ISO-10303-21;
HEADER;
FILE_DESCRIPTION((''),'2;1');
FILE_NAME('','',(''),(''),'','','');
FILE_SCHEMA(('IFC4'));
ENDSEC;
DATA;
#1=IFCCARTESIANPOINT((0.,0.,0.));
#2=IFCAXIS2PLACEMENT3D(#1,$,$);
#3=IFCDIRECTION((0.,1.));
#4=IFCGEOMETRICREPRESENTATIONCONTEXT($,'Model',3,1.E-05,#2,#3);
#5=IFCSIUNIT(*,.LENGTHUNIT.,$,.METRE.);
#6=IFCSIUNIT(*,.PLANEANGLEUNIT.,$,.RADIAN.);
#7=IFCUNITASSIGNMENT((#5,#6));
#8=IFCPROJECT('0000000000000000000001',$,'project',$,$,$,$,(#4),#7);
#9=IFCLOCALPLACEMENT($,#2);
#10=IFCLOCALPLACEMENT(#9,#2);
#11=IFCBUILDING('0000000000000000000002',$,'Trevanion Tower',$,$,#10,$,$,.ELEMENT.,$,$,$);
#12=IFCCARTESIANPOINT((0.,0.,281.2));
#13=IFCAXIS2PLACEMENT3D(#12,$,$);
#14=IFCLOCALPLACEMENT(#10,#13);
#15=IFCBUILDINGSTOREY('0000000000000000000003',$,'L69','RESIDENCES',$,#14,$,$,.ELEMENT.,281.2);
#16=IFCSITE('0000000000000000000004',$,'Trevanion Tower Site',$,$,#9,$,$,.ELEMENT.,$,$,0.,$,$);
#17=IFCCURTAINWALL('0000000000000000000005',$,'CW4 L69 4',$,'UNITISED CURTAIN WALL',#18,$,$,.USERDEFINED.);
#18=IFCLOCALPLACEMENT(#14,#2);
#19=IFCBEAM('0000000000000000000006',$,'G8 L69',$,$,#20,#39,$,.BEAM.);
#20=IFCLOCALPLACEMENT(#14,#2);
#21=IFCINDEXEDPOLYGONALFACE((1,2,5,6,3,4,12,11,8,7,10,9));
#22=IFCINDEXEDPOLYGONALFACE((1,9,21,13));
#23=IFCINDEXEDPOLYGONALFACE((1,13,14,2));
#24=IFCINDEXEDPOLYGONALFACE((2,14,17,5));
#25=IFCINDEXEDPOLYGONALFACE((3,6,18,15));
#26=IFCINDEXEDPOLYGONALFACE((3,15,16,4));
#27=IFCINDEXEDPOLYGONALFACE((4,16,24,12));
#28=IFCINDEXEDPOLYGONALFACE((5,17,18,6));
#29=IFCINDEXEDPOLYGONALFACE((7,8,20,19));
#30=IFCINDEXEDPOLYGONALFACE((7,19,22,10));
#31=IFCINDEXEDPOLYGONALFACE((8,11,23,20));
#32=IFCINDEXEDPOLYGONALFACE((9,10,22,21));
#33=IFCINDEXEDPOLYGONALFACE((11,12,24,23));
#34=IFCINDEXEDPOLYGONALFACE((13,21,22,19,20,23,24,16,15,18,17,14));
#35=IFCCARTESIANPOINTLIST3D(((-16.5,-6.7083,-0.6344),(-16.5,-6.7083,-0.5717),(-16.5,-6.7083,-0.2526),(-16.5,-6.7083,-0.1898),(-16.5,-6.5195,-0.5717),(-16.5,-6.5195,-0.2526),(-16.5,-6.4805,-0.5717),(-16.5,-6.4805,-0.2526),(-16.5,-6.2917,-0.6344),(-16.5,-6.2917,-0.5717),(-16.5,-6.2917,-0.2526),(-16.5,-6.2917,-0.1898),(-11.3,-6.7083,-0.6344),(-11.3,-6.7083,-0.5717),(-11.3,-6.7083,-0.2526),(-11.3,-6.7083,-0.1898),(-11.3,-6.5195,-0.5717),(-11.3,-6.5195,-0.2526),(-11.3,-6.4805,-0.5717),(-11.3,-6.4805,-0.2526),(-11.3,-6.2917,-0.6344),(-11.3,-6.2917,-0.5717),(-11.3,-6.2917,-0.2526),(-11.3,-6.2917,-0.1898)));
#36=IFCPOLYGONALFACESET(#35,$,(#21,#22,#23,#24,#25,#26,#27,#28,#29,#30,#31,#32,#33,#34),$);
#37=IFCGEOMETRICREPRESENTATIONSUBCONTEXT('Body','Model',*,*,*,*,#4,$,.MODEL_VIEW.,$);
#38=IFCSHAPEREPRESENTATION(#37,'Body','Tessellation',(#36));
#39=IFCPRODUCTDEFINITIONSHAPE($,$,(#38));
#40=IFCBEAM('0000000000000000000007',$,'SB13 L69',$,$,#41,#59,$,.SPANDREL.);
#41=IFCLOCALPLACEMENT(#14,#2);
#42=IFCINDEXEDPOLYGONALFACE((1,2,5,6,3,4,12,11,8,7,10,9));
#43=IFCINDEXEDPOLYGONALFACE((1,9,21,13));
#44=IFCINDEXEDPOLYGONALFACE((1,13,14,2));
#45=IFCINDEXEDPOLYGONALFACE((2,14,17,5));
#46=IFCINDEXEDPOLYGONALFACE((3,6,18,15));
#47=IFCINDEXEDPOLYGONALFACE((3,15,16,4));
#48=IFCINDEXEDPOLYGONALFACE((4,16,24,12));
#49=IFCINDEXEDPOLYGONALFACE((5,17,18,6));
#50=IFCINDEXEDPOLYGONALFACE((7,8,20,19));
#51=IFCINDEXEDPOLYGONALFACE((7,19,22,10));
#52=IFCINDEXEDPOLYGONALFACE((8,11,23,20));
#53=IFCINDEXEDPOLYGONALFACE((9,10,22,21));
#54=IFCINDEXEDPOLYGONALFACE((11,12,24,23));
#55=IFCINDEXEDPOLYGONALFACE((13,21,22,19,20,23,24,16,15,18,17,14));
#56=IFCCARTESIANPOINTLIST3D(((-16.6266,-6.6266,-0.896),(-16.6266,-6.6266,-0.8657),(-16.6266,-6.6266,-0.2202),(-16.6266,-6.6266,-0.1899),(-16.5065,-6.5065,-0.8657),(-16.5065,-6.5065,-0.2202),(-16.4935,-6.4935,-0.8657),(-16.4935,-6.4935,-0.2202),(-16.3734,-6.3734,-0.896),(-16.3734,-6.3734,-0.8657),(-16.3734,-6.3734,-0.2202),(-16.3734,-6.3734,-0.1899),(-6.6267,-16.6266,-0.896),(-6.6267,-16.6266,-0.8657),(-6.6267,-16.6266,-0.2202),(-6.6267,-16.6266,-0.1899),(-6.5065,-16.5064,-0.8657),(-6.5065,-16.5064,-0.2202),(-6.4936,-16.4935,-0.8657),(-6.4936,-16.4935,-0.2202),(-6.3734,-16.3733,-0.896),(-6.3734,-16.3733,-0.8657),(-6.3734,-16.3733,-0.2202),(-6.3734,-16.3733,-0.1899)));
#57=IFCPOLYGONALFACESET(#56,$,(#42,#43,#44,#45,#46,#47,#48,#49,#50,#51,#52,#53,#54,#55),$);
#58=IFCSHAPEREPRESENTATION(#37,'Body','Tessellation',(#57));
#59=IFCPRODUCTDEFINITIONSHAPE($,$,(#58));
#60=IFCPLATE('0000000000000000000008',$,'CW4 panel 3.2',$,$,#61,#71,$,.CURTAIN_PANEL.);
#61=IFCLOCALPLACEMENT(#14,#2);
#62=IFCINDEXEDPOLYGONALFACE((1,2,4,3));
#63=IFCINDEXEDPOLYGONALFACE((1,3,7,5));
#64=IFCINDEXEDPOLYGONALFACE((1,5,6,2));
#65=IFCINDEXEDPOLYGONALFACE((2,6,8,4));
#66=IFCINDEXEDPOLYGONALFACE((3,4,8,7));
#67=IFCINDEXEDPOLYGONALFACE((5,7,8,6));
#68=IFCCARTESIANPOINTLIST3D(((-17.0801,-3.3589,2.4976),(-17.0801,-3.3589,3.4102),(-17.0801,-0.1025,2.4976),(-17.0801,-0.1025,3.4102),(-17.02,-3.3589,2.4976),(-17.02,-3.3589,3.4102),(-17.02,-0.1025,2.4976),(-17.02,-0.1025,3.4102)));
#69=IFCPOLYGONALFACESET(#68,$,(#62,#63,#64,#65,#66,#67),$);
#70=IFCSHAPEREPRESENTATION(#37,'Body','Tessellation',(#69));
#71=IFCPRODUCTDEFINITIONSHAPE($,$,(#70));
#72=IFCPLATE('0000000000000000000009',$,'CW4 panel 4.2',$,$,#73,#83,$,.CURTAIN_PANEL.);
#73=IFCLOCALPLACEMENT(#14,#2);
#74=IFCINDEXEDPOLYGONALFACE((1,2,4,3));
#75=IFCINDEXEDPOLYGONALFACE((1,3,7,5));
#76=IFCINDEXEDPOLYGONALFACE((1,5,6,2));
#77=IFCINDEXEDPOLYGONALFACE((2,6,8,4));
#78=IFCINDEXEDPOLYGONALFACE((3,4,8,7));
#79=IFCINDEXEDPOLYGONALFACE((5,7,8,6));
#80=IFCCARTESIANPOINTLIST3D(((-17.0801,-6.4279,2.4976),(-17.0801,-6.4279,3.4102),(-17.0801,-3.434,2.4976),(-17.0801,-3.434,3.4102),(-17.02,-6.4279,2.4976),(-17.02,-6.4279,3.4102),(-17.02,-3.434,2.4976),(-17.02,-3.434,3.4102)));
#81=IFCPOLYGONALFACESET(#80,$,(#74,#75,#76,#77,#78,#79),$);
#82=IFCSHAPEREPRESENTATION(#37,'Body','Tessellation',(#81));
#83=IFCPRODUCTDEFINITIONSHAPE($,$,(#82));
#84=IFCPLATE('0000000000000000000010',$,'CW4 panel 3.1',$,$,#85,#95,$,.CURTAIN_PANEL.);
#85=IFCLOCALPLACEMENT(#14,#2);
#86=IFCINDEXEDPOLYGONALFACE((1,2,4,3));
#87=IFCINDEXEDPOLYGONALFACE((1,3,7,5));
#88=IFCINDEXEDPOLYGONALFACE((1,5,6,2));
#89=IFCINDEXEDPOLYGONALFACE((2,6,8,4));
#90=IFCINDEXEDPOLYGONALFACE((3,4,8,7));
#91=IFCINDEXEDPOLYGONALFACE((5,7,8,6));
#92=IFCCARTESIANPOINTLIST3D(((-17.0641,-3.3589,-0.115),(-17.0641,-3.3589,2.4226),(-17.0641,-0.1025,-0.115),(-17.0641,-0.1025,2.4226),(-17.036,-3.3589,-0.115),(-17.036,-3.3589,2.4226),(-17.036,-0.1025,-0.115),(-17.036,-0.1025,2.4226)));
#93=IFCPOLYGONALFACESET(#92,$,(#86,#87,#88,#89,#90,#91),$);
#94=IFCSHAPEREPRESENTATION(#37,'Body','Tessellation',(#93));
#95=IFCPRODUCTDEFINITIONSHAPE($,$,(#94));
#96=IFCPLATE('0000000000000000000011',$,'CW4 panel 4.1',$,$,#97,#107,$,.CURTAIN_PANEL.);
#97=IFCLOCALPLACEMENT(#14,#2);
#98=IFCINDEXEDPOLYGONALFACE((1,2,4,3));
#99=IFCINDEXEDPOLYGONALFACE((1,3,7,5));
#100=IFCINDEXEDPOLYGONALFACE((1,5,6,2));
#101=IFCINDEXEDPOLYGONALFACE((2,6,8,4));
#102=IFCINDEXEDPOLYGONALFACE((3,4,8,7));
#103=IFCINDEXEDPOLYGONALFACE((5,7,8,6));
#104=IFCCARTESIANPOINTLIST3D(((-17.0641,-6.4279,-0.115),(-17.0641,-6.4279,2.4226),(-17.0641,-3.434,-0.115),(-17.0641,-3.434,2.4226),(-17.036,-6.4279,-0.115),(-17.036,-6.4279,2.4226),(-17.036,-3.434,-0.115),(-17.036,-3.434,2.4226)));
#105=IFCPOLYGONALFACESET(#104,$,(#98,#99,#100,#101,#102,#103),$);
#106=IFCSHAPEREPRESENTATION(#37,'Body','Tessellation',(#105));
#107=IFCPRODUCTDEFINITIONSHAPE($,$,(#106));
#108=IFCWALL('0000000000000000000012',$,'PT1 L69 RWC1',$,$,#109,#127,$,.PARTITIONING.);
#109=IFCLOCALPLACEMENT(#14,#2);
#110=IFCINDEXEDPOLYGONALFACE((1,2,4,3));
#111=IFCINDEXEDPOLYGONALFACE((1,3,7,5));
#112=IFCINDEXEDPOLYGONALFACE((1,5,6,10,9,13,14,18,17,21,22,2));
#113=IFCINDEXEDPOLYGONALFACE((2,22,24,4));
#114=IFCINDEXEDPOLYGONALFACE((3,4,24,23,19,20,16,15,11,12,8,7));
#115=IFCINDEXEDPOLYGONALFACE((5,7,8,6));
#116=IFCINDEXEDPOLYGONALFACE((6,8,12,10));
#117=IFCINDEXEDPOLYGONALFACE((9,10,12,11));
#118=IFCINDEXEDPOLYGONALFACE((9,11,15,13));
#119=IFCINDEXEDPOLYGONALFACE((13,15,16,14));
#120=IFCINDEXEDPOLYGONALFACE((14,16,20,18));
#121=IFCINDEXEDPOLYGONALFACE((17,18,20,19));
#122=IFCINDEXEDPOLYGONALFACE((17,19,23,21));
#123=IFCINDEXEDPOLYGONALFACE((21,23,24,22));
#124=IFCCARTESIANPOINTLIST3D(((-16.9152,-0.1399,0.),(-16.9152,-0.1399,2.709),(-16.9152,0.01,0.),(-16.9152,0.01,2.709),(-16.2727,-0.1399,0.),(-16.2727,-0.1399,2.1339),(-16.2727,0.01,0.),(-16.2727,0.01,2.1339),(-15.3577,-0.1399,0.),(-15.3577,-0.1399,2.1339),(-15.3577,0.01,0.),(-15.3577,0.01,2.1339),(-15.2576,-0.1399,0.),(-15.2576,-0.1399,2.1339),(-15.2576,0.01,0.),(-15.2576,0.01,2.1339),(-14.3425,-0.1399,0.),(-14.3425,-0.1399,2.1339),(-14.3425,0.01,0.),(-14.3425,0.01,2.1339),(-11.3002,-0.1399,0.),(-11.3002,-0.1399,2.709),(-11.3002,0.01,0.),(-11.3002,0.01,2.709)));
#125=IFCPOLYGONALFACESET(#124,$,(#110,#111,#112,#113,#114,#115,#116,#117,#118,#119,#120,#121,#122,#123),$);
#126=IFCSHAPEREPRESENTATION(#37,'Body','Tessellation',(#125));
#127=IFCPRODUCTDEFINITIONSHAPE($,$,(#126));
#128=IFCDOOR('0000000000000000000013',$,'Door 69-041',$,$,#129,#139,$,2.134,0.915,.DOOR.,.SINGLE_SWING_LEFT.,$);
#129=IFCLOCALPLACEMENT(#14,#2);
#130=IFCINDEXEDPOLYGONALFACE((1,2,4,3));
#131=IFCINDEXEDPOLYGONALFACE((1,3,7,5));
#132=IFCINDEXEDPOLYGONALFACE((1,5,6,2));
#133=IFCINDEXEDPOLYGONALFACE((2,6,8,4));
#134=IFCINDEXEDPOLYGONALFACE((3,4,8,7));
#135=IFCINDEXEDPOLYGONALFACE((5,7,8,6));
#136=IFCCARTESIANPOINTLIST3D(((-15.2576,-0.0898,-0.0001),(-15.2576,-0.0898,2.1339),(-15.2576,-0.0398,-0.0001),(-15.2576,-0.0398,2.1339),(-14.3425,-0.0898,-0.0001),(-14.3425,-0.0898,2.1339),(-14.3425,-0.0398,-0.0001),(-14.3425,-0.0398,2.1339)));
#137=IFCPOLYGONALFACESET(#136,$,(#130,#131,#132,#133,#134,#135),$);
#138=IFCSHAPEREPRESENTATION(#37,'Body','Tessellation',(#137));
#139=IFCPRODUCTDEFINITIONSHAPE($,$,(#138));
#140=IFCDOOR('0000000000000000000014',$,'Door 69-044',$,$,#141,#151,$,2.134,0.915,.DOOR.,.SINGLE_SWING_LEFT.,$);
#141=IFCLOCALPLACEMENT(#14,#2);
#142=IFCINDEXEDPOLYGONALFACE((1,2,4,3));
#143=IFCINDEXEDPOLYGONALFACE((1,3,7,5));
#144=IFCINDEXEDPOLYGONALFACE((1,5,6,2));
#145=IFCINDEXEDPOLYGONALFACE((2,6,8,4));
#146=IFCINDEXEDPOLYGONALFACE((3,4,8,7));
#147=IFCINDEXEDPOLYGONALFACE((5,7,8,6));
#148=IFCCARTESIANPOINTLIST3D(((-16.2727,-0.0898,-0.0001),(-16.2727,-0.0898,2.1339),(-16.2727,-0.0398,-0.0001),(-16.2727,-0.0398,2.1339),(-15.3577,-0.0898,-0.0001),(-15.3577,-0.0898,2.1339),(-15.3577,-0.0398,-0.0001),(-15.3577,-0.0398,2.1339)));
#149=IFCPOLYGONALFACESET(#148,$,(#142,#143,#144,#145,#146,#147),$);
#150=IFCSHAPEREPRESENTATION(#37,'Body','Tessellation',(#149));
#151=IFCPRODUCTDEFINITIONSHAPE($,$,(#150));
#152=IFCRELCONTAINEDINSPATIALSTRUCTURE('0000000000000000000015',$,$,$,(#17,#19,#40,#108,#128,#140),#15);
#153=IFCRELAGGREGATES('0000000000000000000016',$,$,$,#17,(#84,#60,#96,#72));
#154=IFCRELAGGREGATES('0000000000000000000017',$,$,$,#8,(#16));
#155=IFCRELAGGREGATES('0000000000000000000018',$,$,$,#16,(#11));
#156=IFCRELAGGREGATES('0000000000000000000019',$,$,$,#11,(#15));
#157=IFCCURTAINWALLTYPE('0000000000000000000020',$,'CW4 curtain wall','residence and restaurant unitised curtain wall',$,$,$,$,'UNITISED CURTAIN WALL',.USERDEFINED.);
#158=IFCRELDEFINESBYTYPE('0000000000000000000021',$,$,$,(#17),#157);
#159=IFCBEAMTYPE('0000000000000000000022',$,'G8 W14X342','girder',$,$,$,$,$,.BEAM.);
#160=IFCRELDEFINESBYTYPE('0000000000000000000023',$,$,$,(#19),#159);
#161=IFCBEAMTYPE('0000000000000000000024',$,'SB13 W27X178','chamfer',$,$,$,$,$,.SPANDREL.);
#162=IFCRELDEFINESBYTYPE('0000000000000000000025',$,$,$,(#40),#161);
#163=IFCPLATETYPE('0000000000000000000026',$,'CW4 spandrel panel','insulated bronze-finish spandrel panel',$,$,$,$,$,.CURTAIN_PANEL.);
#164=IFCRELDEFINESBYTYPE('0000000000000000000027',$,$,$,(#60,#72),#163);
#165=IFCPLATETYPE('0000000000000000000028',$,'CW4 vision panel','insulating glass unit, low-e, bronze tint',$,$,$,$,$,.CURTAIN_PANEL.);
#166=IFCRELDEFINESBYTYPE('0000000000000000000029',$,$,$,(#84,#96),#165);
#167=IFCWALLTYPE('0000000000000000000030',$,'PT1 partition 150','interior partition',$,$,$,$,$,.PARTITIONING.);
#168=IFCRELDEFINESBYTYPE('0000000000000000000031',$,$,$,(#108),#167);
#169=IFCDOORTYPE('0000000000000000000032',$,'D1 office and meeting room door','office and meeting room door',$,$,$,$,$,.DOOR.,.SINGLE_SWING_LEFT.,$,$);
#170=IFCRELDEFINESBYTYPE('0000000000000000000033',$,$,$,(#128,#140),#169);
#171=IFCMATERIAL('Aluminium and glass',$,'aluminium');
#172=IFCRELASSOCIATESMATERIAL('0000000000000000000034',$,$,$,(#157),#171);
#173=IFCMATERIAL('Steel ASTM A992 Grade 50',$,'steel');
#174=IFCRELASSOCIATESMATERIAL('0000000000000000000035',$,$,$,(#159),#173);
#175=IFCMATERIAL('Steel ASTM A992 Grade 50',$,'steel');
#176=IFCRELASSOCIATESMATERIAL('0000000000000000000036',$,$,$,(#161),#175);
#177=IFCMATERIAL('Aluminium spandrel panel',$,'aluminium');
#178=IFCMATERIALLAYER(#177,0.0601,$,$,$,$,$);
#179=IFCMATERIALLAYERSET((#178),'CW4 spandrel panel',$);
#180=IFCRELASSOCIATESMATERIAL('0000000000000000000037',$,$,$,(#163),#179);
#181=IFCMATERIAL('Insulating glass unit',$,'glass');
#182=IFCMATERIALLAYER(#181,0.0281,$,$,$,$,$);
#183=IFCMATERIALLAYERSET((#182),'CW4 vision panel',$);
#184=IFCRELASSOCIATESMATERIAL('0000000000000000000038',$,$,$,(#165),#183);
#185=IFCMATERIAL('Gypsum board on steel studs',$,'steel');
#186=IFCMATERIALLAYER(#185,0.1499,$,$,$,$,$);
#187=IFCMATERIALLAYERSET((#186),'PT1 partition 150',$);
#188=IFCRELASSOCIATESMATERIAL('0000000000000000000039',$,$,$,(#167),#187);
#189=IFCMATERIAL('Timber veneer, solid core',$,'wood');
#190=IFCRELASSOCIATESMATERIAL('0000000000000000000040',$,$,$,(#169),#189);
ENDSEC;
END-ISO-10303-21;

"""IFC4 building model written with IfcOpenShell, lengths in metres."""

from ifc_helpers import new_model, si_unit, direction, frame, frame_2d, origin, origin_2d, place, context, subcontext, project, spatial, rectangle, i_section, extrude, material, layer, layer_set, material_profile, profile_set, type_object, element, fill, aggregate, save


model = new_model("IFC4")

# Units and contexts
model_context = context("Model", 3, precision=1e-05, world=origin(), true_north=direction((0.0, 1.0)))
body_context = subcontext(model_context, "Body", "Model", "MODEL_VIEW")
ifc_project = project(units=[si_unit("LENGTHUNIT", "METRE"), si_unit("PLANEANGLEUNIT", "RADIAN")], contexts=[model_context])

# Site, building, storey
site_placement = place(None, origin())
site = spatial("IfcSite", under=ifc_project, at=site_placement, Name="Trevanion Tower Site", CompositionType="ELEMENT", RefElevation=0.0)
building_placement = place(site_placement, origin())
building = spatial("IfcBuilding", under=site, at=building_placement, Name="Trevanion Tower", CompositionType="ELEMENT")
storey_placement = place(building_placement, frame((0.0, 0.0, 281.2)))
storey = spatial("IfcBuildingStorey", under=building, at=storey_placement, Name="L69", Description="RESIDENCES", CompositionType="ELEMENT", Elevation=281.2)

# Curtain wall
ifc_material_1 = material(Name="Aluminium and glass", Category="aluminium")
curtain_wall_type = type_object("IfcCurtainWallType", Name="CW4 curtain wall", Description="residence and restaurant unitised curtain wall", ElementType="UNITISED CURTAIN WALL", PredefinedType="USERDEFINED", material=ifc_material_1)
curtain_wall_1_placement = place(storey_placement, origin())
curtain_wall_1 = element("IfcCurtainWall", 1, at=curtain_wall_1_placement, inside=storey, type_object=curtain_wall_type, Name="CW4 L69 4", ObjectType="UNITISED CURTAIN WALL", PredefinedType="USERDEFINED")

# Beams
ifc_material_2 = material(Name="Steel ASTM A992 Grade 50", Category="steel")
ifc_material_profile_1 = material_profile(ifc_material_2, i_section(OverallWidth=0.4165, OverallDepth=0.4446, WebThickness=0.0391, FlangeThickness=0.0627, at=origin_2d()), Name="W14X342")
ifc_profile_set_1 = profile_set([ifc_material_profile_1], Name="Steel ASTM A992 Grade 50")
beam_type_1 = type_object("IfcBeamType", Name="G8 W14X342", Description="girder", PredefinedType="BEAM", material=ifc_profile_set_1)
beam_1_placement = place(storey_placement, frame((-11.3, -6.5, -0.4121), z_axis=(-1.0, 0.0, 0.0), x_axis=(0.0, -1.0, 0.0)))
element("IfcBeam", 2, at=beam_1_placement, inside=storey, type_object=beam_type_1, Name="G8 L69", PredefinedType="BEAM", context=body_context, shape_type="SweptSolid", body=[
    extrude(i_section(OverallWidth=0.4165, OverallDepth=0.4446, WebThickness=0.0391, FlangeThickness=0.0627, at=origin_2d()), origin(), (0.0, 0.0, 1.0), 5.2),
])
ifc_material_3 = material(Name="Steel ASTM A992 Grade 50", Category="steel")
ifc_material_profile_2 = material_profile(ifc_material_3, i_section(OverallWidth=0.3582, OverallDepth=0.7061, WebThickness=0.0183, FlangeThickness=0.0303, at=origin_2d()), Name="W27X178")
ifc_profile_set_2 = profile_set([ifc_material_profile_2], Name="Steel ASTM A992 Grade 50")
beam_type_2 = type_object("IfcBeamType", Name="SB13 W27X178", Description="chamfer", PredefinedType="SPANDREL", material=ifc_profile_set_2)
beam_2_placement = place(storey_placement, frame((-16.5, -6.5, -0.543), z_axis=(0.707107, -0.707107, 0.0), x_axis=(0.707107, 0.707107, 0.0)))
element("IfcBeam", 3, at=beam_2_placement, inside=storey, type_object=beam_type_2, Name="SB13 L69", PredefinedType="SPANDREL", context=body_context, shape_type="SweptSolid", body=[
    extrude(i_section(OverallWidth=0.3582, OverallDepth=0.7061, WebThickness=0.0183, FlangeThickness=0.0303, at=origin_2d()), origin(), (0.0, 0.0, 1.0), 14.1421),
])

# Plates
ifc_material_4 = material(Name="Aluminium spandrel panel", Category="aluminium")
ifc_layer_1 = layer(ifc_material_4, 0.0601)
ifc_layer_set_1 = layer_set([ifc_layer_1], Name="CW4 spandrel panel")
plate_type_1 = type_object("IfcPlateType", Name="CW4 spandrel panel", Description="insulated bronze-finish spandrel panel", PredefinedType="CURTAIN_PANEL", material=ifc_layer_set_1)
plate_1_placement = place(storey_placement, frame((-17.05, -1.7307, 2.4976), z_axis=(0.0, 0.0, 1.0), x_axis=(0.0, -1.0, 0.0)))
plate_1 = element("IfcPlate", 4, at=plate_1_placement, type_object=plate_type_1, Name="CW4 panel 3.2", PredefinedType="CURTAIN_PANEL", context=body_context, shape_type="SweptSolid", body=[
    extrude(rectangle(XDim=3.2563, YDim=0.0601, at=origin_2d()), origin(), (0.0, 0.0, 1.0), 0.9126),
])
plate_2_placement = place(storey_placement, frame((-17.05, -4.9309, 2.4976), z_axis=(0.0, 0.0, 1.0), x_axis=(0.0, -1.0, 0.0)))
plate_2 = element("IfcPlate", 5, at=plate_2_placement, type_object=plate_type_1, Name="CW4 panel 4.2", PredefinedType="CURTAIN_PANEL", context=body_context, shape_type="SweptSolid", body=[
    extrude(rectangle(XDim=2.9939, YDim=0.0601, at=origin_2d()), origin(), (0.0, 0.0, 1.0), 0.9126),
])
ifc_material_5 = material(Name="Insulating glass unit", Category="glass")
ifc_layer_2 = layer(ifc_material_5, 0.0281)
ifc_layer_set_2 = layer_set([ifc_layer_2], Name="CW4 vision panel")
plate_type_2 = type_object("IfcPlateType", Name="CW4 vision panel", Description="insulating glass unit, low-e, bronze tint", PredefinedType="CURTAIN_PANEL", material=ifc_layer_set_2)
plate_3_placement = place(storey_placement, frame((-17.05, -1.7307, -0.115), z_axis=(0.0, 0.0, 1.0), x_axis=(0.0, -1.0, 0.0)))
plate_3 = element("IfcPlate", 6, at=plate_3_placement, type_object=plate_type_2, Name="CW4 panel 3.1", PredefinedType="CURTAIN_PANEL", context=body_context, shape_type="SweptSolid", body=[
    extrude(rectangle(XDim=3.2563, YDim=0.0281, at=origin_2d()), origin(), (0.0, 0.0, 1.0), 2.5376),
])
plate_4_placement = place(storey_placement, frame((-17.05, -4.9309, -0.115), z_axis=(0.0, 0.0, 1.0), x_axis=(0.0, -1.0, 0.0)))
plate_4 = element("IfcPlate", 7, at=plate_4_placement, type_object=plate_type_2, Name="CW4 panel 4.1", PredefinedType="CURTAIN_PANEL", context=body_context, shape_type="SweptSolid", body=[
    extrude(rectangle(XDim=2.9939, YDim=0.0281, at=origin_2d()), origin(), (0.0, 0.0, 1.0), 2.5376),
])
aggregate(curtain_wall_1, [plate_3, plate_1, plate_4, plate_2])

# Wall, openings, doors
ifc_material_6 = material(Name="Gypsum board on steel studs", Category="steel")
ifc_layer_3 = layer(ifc_material_6, 0.1499)
ifc_layer_set_3 = layer_set([ifc_layer_3], Name="PT1 partition 150")
wall_type_1 = type_object("IfcWallType", Name="PT1 partition 150", Description="interior partition", PredefinedType="PARTITIONING", material=ifc_layer_set_3)
wall_1_placement = place(storey_placement, frame((-11.3, -0.0649, 0.0), z_axis=(0.0, 0.0, 1.0), x_axis=(-1.0, 0.0, 0.0)))
wall_1 = element("IfcWall", 8, at=wall_1_placement, inside=storey, type_object=wall_type_1, Name="PT1 L69 RWC1", PredefinedType="PARTITIONING", context=body_context, shape_type="SweptSolid", body=[
    extrude(rectangle(XDim=5.615, YDim=0.1499, at=frame_2d((2.8076, 0.0))), origin(), (0.0, 0.0, 1.0), 2.709),
])
opening_1_placement = place(wall_1_placement, frame((3.0425, 0.0, 0.0)))
opening_1 = element("IfcOpeningElement", 9, at=opening_1_placement, cuts=wall_1, PredefinedType="OPENING", context=body_context, shape_type="SweptSolid", body=[
    extrude(rectangle(XDim=0.915, YDim=2.134, at=frame_2d((0.4575, 1.0669))), frame((0.0, 0.085, 0.0), z_axis=(0.0, -1.0, 0.0), x_axis=(1.0, 0.0, 0.0)), (0.0, 0.0, 1.0), 0.1699),
])
opening_2_placement = place(wall_1_placement, frame((4.0576, 0.0, 0.0)))
opening_2 = element("IfcOpeningElement", 10, at=opening_2_placement, cuts=wall_1, PredefinedType="OPENING", context=body_context, shape_type="SweptSolid", body=[
    extrude(rectangle(XDim=0.915, YDim=2.134, at=frame_2d((0.4575, 1.0669))), frame((0.0, 0.085, 0.0), z_axis=(0.0, -1.0, 0.0), x_axis=(1.0, 0.0, 0.0)), (0.0, 0.0, 1.0), 0.1699),
])
ifc_material_7 = material(Name="Timber veneer, solid core", Category="wood")
door_type_1 = type_object("IfcDoorType", Name="D1 office and meeting room door", Description="office and meeting room door", OperationType="SINGLE_SWING_LEFT", PredefinedType="DOOR", material=ifc_material_7)
door_1_placement = place(opening_1_placement, origin())
door_1 = element("IfcDoor", 11, at=door_1_placement, inside=storey, type_object=door_type_1, Name="Door 69-041", OperationType="SINGLE_SWING_LEFT", OverallHeight=2.134, OverallWidth=0.915, PredefinedType="DOOR", context=body_context, shape_type="SweptSolid", body=[
    extrude(rectangle(XDim=0.915, YDim=2.134, at=frame_2d((0.4575, 1.0669))), frame((0.0, 0.0249, 0.0), z_axis=(0.0, -1.0, 0.0), x_axis=(1.0, 0.0, 0.0)), (0.0, 0.0, 1.0), 0.05),
])
fill(opening_1, door_1)
door_2_placement = place(opening_2_placement, origin())
door_2 = element("IfcDoor", 12, at=door_2_placement, inside=storey, type_object=door_type_1, Name="Door 69-044", OperationType="SINGLE_SWING_LEFT", OverallHeight=2.134, OverallWidth=0.915, PredefinedType="DOOR", context=body_context, shape_type="SweptSolid", body=[
    extrude(rectangle(XDim=0.915, YDim=2.134, at=frame_2d((0.4575, 1.0669))), frame((0.0, 0.0249, 0.0), z_axis=(0.0, -1.0, 0.0), x_axis=(1.0, 0.0, 0.0)), (0.0, 0.0, 1.0), 0.05),
])
fill(opening_2, door_2)

save(model, "model.ifc")
